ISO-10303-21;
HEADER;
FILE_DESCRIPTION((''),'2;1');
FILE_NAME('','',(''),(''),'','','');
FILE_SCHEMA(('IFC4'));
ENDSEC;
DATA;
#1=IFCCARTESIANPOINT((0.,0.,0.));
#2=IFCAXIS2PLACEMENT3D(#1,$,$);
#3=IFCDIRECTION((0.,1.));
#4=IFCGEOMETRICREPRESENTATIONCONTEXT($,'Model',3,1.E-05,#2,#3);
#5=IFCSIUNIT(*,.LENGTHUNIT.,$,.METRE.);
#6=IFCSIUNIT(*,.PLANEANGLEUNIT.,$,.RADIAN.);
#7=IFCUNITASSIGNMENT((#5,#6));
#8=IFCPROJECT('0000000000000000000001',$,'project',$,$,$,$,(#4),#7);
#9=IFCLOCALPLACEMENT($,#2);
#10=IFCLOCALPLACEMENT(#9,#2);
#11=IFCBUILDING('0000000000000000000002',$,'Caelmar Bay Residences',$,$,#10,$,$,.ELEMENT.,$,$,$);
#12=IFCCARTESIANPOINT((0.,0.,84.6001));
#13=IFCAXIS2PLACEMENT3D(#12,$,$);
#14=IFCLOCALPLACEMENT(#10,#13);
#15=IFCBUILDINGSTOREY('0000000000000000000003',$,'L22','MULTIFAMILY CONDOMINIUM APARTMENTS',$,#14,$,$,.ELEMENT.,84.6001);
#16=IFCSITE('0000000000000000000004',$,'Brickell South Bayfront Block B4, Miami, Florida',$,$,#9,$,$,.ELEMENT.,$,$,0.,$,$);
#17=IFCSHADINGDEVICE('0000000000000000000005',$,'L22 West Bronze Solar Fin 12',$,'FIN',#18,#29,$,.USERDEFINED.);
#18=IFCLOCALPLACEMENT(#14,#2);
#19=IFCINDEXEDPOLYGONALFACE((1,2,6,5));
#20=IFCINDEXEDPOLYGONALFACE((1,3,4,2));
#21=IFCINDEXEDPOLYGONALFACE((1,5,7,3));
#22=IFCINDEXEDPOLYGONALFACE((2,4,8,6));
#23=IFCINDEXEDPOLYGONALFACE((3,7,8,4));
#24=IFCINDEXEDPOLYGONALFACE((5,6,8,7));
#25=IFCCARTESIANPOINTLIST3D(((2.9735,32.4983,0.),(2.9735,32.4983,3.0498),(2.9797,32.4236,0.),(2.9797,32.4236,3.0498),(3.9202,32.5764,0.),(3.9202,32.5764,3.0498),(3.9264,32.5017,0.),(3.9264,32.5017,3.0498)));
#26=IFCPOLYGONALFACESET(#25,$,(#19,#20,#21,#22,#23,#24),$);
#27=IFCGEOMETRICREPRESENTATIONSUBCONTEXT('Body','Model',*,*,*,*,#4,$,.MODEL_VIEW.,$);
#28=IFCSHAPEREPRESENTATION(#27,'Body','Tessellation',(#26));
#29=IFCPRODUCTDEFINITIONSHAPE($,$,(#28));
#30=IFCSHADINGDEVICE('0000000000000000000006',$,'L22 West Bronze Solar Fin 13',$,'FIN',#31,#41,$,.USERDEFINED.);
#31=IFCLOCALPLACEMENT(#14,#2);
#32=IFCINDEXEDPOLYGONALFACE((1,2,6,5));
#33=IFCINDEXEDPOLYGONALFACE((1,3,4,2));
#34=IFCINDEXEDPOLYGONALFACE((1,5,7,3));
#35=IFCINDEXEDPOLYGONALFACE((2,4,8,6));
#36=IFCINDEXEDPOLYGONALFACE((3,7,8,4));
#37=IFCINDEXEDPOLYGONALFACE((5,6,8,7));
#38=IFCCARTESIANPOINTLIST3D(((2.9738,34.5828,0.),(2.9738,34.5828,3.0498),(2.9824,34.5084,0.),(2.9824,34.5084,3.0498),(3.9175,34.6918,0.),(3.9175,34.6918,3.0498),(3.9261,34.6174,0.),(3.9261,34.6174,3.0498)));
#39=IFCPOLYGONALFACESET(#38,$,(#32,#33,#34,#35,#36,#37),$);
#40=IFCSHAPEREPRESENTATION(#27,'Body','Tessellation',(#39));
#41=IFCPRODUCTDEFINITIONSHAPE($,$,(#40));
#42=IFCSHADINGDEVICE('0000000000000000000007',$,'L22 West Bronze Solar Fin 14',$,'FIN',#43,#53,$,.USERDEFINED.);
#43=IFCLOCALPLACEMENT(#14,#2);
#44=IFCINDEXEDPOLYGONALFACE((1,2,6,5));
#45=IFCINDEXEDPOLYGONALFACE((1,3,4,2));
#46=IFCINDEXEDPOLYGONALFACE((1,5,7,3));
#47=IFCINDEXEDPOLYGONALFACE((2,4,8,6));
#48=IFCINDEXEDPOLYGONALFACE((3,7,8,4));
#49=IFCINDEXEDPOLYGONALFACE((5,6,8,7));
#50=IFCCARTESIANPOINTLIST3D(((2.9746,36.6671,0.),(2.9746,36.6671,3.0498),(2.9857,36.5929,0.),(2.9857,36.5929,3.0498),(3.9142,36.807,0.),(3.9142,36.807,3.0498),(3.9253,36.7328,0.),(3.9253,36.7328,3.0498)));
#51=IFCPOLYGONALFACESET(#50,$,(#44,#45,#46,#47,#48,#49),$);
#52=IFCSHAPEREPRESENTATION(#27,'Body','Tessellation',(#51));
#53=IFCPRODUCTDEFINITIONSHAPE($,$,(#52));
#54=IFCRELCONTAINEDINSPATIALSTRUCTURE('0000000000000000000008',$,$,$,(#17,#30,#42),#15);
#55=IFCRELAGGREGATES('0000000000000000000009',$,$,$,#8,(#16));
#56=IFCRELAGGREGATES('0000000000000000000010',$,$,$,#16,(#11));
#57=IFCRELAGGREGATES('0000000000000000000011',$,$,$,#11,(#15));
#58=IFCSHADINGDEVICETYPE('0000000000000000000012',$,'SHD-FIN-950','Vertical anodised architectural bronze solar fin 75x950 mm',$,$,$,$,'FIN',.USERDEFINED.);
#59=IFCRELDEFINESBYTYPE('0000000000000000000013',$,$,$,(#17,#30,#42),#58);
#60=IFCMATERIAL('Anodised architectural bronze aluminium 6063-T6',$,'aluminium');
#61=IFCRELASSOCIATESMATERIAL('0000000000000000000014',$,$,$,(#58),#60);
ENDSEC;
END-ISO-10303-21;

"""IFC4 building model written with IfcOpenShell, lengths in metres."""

from ifc_helpers import new_model, si_unit, direction, frame, origin, origin_2d, place, context, subcontext, project, spatial, rectangle, extrude, material, material_profile, profile_set, type_object, element, save


model = new_model("IFC4")

# Units and contexts
model_context = context("Model", 3, precision=1e-05, world=origin(), true_north=direction((0.0, 1.0)))
body_context = subcontext(model_context, "Body", "Model", "MODEL_VIEW")
ifc_project = project(units=[si_unit("LENGTHUNIT", "METRE"), si_unit("PLANEANGLEUNIT", "RADIAN")], contexts=[model_context])

# Site, building, storey
site_placement = place(None, origin())
site = spatial("IfcSite", under=ifc_project, at=site_placement, Name="Brickell South Bayfront Block B4, Miami, Florida", CompositionType="ELEMENT", RefElevation=0.0)
building_placement = place(site_placement, origin())
building = spatial("IfcBuilding", under=site, at=building_placement, Name="Caelmar Bay Residences", CompositionType="ELEMENT")
storey_placement = place(building_placement, frame((0.0, 0.0, 84.6001)))
storey = spatial("IfcBuildingStorey", under=building, at=storey_placement, Name="L22", Description="MULTIFAMILY CONDOMINIUM APARTMENTS", CompositionType="ELEMENT", Elevation=84.6001)

# Shading devices
ifc_material_1 = material(Name="Anodised architectural bronze aluminium 6063-T6", Category="aluminium")
ifc_material_profile_1 = material_profile(ifc_material_1, rectangle(XDim=0.075, YDim=0.95, at=origin_2d()), Name="BRONZE-FIN-75X950")
ifc_profile_set_1 = profile_set([ifc_material_profile_1], Name="Anodised architectural bronze aluminium 6063-T6")
shading_device_type = type_object("IfcShadingDeviceType", Name="SHD-FIN-950", Description="Vertical anodised architectural bronze solar fin 75x950 mm", ElementType="FIN", PredefinedType="USERDEFINED", material=ifc_profile_set_1)
for number, where, z_axis, x_axis, name in (
    (1, (3.45, 32.5, 0.0), (0.0, 0.0, 1.0), (-0.082112, 0.996623, 0.0), "L22 West Bronze Solar Fin 12"),
    (2, (3.45, 34.6001, 0.0), (0.0, 0.0, 1.0), (-0.114764, 0.993393, 0.0), "L22 West Bronze Solar Fin 13"),
    (3, (3.45, 36.7, 0.0), (0.0, 0.0, 1.0), (-0.147292, 0.989093, 0.0), "L22 West Bronze Solar Fin 14"),
):
    element("IfcShadingDevice", number, at=place(storey_placement, frame(where, z_axis=z_axis, x_axis=x_axis)), inside=storey, type_object=shading_device_type, Name=name, ObjectType="FIN", PredefinedType="USERDEFINED", context=body_context, shape_type="SweptSolid", body=[
        extrude(rectangle(XDim=0.075, YDim=0.95, at=origin_2d()), origin(), (0.0, 0.0, 1.0), 3.0498),
    ])

save(model, "model.ifc")
